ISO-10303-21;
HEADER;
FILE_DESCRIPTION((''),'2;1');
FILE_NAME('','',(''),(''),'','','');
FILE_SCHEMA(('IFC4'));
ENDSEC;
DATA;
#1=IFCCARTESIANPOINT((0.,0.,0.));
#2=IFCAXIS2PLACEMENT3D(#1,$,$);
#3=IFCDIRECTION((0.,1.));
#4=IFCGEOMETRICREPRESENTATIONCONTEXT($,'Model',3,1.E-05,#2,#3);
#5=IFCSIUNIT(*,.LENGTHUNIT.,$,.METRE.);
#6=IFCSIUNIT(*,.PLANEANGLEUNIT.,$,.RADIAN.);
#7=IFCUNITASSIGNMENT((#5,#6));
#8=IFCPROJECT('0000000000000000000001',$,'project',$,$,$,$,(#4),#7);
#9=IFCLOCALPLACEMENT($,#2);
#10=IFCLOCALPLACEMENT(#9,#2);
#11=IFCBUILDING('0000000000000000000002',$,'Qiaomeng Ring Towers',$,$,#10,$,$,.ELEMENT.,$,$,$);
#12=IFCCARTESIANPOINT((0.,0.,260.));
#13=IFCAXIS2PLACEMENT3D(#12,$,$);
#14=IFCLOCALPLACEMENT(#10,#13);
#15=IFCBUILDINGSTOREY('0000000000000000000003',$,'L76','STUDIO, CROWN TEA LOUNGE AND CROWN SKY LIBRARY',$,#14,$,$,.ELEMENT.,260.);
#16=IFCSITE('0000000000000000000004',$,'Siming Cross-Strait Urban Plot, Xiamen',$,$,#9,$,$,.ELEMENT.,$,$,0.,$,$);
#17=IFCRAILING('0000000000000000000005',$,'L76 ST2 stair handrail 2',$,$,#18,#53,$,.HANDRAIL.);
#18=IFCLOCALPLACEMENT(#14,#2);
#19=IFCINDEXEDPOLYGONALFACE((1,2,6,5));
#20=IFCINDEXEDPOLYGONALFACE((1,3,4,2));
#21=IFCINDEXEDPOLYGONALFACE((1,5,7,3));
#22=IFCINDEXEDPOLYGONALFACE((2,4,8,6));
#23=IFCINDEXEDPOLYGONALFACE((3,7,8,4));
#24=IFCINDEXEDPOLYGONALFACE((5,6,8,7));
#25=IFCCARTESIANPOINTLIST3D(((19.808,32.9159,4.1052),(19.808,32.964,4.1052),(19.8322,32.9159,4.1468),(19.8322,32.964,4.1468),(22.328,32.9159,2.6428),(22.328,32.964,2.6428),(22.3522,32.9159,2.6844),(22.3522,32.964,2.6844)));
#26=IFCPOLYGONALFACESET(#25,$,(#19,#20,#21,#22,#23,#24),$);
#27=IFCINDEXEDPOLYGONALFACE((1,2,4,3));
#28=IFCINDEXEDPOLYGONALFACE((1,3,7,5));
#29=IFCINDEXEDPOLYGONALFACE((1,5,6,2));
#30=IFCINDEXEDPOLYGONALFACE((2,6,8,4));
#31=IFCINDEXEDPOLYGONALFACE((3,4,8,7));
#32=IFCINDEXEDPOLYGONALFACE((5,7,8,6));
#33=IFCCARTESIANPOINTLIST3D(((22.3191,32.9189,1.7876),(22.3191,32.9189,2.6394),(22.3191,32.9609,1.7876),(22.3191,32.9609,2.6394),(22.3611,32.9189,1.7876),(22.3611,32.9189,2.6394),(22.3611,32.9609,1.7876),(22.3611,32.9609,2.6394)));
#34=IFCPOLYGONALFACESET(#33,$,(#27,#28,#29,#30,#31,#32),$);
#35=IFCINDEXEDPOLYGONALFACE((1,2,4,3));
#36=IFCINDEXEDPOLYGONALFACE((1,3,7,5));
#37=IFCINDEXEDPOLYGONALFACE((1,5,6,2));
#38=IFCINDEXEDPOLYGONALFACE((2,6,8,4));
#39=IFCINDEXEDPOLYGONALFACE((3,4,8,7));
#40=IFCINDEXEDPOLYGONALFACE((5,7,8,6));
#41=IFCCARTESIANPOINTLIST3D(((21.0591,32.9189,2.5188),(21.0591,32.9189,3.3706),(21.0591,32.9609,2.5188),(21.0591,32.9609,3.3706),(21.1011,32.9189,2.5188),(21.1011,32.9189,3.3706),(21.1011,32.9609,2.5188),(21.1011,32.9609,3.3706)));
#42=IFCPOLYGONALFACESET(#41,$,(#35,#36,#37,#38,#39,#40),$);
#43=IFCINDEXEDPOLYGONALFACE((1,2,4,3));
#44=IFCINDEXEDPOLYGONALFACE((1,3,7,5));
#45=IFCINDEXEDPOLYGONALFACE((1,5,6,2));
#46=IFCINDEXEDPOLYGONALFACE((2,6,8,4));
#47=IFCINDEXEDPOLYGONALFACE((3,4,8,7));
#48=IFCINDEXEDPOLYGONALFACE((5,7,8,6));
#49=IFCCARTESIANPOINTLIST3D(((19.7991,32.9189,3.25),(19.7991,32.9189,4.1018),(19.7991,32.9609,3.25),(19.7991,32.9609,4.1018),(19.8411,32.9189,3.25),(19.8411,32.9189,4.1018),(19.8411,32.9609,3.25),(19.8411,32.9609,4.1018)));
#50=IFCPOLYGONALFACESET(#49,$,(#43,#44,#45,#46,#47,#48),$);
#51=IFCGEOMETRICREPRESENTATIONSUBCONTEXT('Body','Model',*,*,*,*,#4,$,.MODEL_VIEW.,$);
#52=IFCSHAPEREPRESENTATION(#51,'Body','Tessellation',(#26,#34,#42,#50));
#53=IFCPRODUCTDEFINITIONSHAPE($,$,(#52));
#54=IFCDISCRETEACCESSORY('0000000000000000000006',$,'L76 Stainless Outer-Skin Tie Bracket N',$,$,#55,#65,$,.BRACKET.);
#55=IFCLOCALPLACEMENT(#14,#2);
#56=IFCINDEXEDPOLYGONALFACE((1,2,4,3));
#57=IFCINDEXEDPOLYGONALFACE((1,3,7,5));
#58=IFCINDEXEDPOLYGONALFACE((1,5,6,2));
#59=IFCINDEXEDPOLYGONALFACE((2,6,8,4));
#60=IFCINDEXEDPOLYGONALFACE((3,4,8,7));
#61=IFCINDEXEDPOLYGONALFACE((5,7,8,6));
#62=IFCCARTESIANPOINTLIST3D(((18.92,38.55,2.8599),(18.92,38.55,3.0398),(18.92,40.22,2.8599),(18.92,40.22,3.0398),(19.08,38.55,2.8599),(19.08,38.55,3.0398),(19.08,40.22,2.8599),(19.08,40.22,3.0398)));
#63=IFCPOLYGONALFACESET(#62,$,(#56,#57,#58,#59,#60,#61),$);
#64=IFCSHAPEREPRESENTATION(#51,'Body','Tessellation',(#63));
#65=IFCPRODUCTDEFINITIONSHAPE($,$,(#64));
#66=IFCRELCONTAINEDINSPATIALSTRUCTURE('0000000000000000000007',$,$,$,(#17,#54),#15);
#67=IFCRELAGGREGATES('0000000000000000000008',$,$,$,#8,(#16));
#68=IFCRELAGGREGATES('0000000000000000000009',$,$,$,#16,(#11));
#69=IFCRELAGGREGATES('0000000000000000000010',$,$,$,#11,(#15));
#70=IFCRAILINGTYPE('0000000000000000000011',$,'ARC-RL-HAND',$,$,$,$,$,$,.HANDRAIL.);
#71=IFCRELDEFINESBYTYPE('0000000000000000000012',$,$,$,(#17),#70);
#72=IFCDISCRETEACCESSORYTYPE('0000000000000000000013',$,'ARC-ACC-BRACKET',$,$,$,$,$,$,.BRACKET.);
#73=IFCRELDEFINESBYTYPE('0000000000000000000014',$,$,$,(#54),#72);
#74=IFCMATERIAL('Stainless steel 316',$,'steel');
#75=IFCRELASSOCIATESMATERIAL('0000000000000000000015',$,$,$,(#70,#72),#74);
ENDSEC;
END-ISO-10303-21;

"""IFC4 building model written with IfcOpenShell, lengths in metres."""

from ifc_helpers import new_model, si_unit, direction, frame, origin, origin_2d, place, context, subcontext, project, spatial, rectangle, extrude, source, transform, mapped, material, type_object, element, save


model = new_model("IFC4")

# Units and contexts
model_context = context("Model", 3, precision=1e-05, world=origin(), true_north=direction((0.0, 1.0)))
body_context = subcontext(model_context, "Body", "Model", "MODEL_VIEW")
ifc_project = project(units=[si_unit("LENGTHUNIT", "METRE"), si_unit("PLANEANGLEUNIT", "RADIAN")], contexts=[model_context])

# Site, building, storey
site_placement = place(None, origin())
site = spatial("IfcSite", under=ifc_project, at=site_placement, Name="Siming Cross-Strait Urban Plot, Xiamen", CompositionType="ELEMENT", RefElevation=0.0)
building_placement = place(site_placement, origin())
building = spatial("IfcBuilding", under=site, at=building_placement, Name="Qiaomeng Ring Towers", CompositionType="ELEMENT")
storey_placement = place(building_placement, frame((0.0, 0.0, 260.0)))
storey = spatial("IfcBuildingStorey", under=building, at=storey_placement, Name="L76", Description="STUDIO, CROWN TEA LOUNGE AND CROWN SKY LIBRARY", CompositionType="ELEMENT", Elevation=260.0)

# Railing
ifc_material_1 = material(Name="Stainless steel 316", Category="steel")
railing_type_1 = type_object("IfcRailingType", Name="ARC-RL-HAND", PredefinedType="HANDRAIL", material=ifc_material_1)
railing_1_placement = place(storey_placement, frame((22.3401, 32.9399, 1.7876)))
element("IfcRailing", 1, at=railing_1_placement, inside=storey, type_object=railing_type_1, Name="L76 ST2 stair handrail 2", PredefinedType="HANDRAIL", context=body_context, shape_type="SweptSolid", body=[
    extrude(rectangle(XDim=0.0481, YDim=0.0481, at=origin_2d()), frame((0.0, 0.0, 0.876), z_axis=(-0.864913, 0.0, 0.501921), x_axis=(0.0, -1.0, 0.0)), (0.0, 0.0, 1.0), 2.9136),
    extrude(rectangle(XDim=0.042, YDim=0.042, at=origin_2d()), origin(), (0.0, 0.0, 1.0), 0.8518),
    extrude(rectangle(XDim=0.042, YDim=0.042, at=origin_2d()), frame((-1.26, 0.0, 0.7312)), (0.0, 0.0, 1.0), 0.8518),
    extrude(rectangle(XDim=0.042, YDim=0.042, at=origin_2d()), frame((-2.52, 0.0, 1.4624)), (0.0, 0.0, 1.0), 0.8518),
])

# Discrete accessory
discrete_accessory_type = type_object("IfcDiscreteAccessoryType", Name="ARC-ACC-BRACKET", PredefinedType="BRACKET", material=ifc_material_1)
shared_shape_1 = source(origin(), body_context, "Body", "SweptSolid", [
    extrude(rectangle(XDim=0.1599, YDim=1.6699, at=origin_2d()), origin(), (0.0, 0.0, 1.0), 0.1799),
])
discrete_accessory_placement = place(storey_placement, frame((19.0, 39.385, 2.8599), z_axis=(0.0, 0.0, 1.0), x_axis=(1.0, 0.0, 0.0)))
element("IfcDiscreteAccessory", 2, at=discrete_accessory_placement, inside=storey, type_object=discrete_accessory_type, Name="L76 Stainless Outer-Skin Tie Bracket N", PredefinedType="BRACKET", context=body_context, shape_type="MappedRepresentation", body=[
    mapped(shared_shape_1, transform((0.0, 0.0, 0.0), x_axis=(1.0, 0.0, 0.0), y_axis=(0.0, 1.0, 0.0), z_axis=(0.0, 0.0, 1.0), scale=1.0)),
])

save(model, "model.ifc")
